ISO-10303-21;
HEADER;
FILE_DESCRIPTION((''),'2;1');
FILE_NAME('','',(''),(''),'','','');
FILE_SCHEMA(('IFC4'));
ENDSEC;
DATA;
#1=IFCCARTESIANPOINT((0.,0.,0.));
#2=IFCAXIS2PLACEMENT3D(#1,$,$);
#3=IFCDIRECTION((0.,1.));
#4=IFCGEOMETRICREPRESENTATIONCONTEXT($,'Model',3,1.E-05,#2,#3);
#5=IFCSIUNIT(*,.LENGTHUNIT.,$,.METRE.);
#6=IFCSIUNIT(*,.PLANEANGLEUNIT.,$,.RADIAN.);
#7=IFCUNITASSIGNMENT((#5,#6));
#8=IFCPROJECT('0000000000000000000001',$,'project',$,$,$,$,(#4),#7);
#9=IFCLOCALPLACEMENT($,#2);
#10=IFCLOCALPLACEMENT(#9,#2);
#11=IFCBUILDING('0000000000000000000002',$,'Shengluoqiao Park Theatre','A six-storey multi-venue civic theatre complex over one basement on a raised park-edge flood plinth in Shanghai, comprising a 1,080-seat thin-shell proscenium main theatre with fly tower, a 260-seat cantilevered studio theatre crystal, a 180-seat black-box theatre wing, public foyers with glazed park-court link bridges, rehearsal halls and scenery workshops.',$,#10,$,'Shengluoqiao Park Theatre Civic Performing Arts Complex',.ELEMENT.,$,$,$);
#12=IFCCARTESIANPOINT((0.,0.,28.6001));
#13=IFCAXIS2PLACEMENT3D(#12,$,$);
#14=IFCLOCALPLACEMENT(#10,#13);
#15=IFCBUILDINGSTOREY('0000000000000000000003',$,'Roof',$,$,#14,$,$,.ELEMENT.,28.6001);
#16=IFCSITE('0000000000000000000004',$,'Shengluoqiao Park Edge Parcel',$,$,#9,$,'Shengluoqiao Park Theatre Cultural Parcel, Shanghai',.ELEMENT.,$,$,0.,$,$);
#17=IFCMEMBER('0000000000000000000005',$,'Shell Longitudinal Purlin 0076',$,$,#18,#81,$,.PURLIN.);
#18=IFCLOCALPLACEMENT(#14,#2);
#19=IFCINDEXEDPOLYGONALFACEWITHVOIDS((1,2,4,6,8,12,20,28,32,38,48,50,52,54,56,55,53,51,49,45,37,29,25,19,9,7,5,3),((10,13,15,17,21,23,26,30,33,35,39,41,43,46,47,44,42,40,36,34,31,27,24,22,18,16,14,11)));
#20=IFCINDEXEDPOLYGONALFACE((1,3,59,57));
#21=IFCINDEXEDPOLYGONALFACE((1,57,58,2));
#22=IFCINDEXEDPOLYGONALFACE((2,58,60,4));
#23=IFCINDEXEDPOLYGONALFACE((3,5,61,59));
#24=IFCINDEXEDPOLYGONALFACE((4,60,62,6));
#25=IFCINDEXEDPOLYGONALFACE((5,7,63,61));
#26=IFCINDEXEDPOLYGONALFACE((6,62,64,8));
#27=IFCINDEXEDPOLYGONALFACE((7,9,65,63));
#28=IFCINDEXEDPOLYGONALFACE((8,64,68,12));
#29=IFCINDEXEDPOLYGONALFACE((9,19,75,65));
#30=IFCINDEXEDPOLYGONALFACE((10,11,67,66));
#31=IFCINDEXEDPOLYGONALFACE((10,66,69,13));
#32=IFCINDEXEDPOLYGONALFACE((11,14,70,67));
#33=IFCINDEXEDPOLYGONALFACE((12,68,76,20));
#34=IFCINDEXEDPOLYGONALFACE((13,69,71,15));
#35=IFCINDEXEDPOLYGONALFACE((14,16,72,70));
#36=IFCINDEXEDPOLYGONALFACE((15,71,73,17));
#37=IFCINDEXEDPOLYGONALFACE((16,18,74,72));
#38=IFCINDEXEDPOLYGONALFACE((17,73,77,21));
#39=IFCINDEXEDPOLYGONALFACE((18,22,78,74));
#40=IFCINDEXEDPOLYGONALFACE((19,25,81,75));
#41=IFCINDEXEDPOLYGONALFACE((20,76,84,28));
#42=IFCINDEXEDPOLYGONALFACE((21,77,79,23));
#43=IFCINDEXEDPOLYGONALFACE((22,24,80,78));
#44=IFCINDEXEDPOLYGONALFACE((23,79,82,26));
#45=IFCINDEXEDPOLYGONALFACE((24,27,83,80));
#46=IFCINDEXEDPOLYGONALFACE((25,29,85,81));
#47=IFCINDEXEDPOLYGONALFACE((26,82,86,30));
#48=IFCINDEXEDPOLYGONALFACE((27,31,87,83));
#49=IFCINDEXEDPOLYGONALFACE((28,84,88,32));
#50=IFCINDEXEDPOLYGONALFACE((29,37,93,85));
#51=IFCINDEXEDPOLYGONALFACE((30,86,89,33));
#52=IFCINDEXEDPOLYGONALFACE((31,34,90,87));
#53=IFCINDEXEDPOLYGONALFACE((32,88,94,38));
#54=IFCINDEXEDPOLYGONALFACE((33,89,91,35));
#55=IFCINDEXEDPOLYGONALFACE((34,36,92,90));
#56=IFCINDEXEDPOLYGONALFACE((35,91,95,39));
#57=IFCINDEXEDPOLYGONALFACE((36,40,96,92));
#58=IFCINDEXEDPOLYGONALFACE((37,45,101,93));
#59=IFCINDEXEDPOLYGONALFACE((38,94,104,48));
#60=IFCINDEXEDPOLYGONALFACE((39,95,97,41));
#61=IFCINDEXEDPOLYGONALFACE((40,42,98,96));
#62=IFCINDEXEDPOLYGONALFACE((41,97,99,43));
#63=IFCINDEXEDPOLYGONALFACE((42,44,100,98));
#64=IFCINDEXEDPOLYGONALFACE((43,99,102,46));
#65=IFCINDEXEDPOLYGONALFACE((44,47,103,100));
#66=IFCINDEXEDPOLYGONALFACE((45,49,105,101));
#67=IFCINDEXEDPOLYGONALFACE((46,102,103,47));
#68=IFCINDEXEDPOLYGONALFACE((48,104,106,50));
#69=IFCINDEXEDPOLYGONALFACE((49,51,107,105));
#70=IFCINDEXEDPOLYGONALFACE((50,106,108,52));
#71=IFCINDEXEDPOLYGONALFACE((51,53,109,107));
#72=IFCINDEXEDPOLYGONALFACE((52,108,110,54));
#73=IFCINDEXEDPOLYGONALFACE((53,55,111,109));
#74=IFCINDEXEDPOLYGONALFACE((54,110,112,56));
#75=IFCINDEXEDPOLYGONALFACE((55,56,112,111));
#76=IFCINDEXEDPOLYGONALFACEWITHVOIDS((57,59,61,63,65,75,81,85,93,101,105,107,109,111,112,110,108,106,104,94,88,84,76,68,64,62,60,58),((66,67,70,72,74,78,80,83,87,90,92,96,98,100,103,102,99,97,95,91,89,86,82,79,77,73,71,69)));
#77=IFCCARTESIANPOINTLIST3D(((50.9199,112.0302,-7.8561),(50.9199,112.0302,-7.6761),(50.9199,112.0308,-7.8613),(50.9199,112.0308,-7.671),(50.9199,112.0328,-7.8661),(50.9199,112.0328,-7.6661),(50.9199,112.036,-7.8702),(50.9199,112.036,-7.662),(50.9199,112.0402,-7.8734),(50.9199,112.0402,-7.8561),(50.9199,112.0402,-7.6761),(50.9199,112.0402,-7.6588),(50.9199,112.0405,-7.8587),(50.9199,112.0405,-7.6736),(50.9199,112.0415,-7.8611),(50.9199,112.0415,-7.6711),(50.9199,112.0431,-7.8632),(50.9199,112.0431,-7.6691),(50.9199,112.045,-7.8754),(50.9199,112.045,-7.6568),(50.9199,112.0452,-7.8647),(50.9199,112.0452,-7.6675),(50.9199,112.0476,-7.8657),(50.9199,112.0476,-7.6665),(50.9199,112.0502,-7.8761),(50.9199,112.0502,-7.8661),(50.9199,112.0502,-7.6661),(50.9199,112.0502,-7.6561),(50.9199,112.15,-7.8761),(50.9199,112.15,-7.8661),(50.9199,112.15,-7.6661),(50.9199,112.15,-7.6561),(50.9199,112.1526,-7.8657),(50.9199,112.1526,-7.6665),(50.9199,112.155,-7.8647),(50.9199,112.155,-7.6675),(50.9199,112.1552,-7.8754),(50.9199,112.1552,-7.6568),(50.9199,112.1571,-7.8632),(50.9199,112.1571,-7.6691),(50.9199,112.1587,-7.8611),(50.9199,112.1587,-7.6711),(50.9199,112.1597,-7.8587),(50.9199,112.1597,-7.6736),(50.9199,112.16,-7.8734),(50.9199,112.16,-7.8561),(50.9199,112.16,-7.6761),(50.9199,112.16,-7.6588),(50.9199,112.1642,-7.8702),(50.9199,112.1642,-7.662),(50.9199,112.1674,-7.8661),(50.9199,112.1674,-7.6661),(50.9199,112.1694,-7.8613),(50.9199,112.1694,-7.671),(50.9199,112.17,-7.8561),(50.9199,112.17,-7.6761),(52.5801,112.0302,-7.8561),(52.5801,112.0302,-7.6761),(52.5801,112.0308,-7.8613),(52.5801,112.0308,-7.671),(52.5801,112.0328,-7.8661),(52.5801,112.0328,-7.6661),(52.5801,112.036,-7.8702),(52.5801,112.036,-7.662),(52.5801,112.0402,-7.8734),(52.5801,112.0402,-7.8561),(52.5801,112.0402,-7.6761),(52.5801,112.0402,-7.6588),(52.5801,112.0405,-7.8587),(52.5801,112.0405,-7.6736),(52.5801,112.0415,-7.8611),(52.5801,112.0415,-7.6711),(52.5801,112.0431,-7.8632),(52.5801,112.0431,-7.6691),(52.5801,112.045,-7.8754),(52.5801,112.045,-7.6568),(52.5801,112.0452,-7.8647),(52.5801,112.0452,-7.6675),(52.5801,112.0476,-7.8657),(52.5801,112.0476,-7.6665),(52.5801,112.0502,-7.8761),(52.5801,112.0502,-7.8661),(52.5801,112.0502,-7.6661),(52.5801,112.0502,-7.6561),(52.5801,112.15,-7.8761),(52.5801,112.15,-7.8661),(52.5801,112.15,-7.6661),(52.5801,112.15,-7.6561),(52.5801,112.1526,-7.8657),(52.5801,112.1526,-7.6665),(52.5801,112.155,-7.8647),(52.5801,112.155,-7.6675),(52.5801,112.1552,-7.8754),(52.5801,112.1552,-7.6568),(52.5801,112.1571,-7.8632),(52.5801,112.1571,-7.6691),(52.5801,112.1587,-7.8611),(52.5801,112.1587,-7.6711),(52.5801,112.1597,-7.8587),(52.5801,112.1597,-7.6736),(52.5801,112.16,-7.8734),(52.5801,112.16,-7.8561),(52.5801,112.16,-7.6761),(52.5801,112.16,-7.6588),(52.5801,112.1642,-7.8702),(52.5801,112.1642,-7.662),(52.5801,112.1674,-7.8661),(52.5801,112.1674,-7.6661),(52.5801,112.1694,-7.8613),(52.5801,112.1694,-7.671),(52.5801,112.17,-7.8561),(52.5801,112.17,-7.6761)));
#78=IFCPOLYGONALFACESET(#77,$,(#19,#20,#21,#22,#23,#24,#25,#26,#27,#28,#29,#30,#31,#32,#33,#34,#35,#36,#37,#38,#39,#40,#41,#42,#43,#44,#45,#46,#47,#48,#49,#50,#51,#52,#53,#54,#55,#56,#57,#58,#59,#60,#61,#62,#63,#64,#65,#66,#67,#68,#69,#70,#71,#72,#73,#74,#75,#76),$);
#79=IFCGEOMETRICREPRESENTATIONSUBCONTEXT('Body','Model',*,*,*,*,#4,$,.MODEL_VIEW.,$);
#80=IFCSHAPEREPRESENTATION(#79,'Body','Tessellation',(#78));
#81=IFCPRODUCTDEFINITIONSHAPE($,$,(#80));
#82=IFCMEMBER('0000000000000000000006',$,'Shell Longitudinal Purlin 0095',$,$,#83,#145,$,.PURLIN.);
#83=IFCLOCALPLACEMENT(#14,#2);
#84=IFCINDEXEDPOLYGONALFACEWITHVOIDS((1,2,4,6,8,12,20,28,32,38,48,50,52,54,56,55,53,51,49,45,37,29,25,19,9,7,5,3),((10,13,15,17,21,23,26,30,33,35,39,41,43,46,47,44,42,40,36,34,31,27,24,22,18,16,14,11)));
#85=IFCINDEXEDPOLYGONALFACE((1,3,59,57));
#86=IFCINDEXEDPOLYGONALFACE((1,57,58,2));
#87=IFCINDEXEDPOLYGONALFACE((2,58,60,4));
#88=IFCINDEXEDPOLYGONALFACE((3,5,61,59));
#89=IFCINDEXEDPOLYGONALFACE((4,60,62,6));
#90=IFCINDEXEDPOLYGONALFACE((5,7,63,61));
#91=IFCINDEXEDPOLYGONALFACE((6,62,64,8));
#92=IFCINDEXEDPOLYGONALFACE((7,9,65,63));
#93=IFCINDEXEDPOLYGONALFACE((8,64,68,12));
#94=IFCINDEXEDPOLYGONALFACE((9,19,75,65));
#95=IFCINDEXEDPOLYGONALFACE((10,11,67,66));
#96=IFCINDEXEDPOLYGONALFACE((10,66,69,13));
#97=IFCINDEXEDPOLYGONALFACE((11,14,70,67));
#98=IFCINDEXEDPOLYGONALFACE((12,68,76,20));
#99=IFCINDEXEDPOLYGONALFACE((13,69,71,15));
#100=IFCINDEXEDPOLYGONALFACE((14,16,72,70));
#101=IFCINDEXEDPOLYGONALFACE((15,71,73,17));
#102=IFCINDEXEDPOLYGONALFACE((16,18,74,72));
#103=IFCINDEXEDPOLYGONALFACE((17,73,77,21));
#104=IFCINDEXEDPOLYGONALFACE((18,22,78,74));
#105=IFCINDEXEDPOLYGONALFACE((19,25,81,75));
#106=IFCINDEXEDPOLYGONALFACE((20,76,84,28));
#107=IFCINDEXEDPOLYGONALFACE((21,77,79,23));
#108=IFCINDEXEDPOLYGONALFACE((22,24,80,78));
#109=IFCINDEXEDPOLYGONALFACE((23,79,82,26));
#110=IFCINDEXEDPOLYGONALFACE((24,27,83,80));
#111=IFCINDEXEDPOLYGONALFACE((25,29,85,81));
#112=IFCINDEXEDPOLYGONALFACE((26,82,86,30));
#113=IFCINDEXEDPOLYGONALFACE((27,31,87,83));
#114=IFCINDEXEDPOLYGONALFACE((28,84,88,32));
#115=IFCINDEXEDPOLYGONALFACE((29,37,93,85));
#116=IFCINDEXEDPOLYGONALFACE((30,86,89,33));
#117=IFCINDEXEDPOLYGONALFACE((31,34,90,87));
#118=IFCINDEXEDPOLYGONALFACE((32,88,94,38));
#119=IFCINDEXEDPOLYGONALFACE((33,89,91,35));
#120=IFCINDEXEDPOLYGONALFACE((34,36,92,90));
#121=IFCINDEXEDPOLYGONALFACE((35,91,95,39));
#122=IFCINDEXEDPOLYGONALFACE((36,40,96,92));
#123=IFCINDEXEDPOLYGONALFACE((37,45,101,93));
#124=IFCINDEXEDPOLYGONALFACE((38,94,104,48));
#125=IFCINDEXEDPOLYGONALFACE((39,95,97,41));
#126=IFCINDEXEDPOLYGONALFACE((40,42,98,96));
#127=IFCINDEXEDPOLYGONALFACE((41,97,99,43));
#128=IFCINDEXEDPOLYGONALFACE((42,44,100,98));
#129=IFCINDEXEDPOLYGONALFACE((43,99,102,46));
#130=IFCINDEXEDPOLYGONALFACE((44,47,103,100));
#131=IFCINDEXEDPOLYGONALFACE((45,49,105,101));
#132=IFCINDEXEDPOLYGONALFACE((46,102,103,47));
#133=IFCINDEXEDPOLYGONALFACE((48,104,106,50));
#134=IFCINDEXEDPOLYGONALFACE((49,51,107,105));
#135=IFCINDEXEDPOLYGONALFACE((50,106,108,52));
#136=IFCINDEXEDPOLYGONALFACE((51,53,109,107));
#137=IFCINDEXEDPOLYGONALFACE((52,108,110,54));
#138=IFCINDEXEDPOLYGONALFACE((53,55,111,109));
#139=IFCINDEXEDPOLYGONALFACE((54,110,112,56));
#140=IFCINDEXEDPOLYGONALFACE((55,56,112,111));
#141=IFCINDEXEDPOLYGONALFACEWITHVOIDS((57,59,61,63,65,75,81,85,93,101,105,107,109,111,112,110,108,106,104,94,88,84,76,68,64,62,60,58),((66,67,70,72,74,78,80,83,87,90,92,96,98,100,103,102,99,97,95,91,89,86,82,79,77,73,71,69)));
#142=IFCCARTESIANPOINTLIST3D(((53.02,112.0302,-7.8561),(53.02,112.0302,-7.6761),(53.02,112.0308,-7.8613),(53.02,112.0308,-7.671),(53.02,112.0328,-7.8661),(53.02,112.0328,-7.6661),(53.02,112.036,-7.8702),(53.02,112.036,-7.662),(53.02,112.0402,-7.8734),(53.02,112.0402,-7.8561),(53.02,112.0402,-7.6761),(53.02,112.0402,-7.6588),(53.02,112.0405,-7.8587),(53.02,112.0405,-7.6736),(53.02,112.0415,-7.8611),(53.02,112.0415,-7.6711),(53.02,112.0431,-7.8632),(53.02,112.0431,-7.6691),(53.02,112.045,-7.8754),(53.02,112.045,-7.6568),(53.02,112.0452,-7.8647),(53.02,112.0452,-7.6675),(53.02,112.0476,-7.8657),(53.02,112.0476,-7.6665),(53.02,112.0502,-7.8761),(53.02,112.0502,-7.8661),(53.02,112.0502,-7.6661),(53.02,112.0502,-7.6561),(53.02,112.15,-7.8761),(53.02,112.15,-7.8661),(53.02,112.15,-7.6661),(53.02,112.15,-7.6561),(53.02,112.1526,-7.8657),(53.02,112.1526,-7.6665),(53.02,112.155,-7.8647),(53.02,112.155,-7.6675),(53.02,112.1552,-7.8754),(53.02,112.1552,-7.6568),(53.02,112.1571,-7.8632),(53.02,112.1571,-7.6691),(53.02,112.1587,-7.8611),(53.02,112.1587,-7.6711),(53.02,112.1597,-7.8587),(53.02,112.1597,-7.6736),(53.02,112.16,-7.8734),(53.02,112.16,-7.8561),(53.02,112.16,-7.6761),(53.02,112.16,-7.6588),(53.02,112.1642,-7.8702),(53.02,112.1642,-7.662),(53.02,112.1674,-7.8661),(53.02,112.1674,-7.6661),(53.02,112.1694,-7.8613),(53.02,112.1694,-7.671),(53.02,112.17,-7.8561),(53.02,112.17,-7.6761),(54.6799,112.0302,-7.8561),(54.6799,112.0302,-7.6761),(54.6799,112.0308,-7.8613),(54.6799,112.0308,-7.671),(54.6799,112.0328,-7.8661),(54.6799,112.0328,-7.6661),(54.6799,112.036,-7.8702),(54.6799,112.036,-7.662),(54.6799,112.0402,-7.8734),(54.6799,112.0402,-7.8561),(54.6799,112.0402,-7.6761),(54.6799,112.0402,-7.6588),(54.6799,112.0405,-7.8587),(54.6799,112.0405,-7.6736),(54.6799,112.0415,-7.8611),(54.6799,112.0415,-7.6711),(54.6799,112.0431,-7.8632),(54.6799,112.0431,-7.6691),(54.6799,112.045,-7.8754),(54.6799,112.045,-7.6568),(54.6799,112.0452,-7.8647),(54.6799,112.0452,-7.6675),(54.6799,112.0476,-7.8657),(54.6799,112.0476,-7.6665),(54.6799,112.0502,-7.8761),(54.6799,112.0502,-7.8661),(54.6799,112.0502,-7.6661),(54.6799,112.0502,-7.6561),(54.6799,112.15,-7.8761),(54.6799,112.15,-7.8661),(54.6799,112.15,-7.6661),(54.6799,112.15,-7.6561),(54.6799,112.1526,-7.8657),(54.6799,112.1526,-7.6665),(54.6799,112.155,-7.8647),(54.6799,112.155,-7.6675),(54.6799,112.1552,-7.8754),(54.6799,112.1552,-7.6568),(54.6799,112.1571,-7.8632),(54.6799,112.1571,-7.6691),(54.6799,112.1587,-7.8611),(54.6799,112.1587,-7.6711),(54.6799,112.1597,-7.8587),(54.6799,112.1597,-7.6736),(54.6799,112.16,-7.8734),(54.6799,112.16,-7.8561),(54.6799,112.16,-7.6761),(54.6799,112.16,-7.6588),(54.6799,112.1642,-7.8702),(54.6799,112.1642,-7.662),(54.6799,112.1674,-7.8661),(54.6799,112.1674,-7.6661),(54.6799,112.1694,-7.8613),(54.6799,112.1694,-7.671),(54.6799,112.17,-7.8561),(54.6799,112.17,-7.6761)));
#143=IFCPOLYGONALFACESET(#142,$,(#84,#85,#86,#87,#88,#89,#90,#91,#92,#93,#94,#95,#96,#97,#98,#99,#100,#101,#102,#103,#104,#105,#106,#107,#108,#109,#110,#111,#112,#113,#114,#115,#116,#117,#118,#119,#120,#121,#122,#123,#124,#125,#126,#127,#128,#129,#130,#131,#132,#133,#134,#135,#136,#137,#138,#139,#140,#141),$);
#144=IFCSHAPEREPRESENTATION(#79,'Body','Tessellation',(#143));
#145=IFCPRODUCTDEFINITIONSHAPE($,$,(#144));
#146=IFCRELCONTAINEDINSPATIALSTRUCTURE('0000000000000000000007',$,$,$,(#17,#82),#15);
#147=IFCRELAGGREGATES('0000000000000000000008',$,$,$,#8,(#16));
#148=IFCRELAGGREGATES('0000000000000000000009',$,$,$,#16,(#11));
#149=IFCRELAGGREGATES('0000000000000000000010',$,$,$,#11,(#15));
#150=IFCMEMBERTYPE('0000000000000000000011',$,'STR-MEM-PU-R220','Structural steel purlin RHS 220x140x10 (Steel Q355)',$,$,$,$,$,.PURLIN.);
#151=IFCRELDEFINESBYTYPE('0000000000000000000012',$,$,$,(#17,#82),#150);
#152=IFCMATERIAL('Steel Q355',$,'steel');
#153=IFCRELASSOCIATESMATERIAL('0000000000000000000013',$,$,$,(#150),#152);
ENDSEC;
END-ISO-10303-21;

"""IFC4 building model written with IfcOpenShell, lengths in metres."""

from ifc_helpers import new_model, si_unit, direction, frame, origin, origin_2d, place, context, subcontext, project, spatial, hollow_rectangle, extrude, material, material_profile, profile_set, type_object, element, save


model = new_model("IFC4")

# Units and contexts
model_context = context("Model", 3, precision=1e-05, world=origin(), true_north=direction((0.0, 1.0)))
body_context = subcontext(model_context, "Body", "Model", "MODEL_VIEW")
ifc_project = project(units=[si_unit("LENGTHUNIT", "METRE"), si_unit("PLANEANGLEUNIT", "RADIAN")], contexts=[model_context])

# Site, building, storey
site_placement = place(None, origin())
site = spatial("IfcSite", under=ifc_project, at=site_placement, Name="Shengluoqiao Park Edge Parcel", LongName="Shengluoqiao Park Theatre Cultural Parcel, Shanghai", CompositionType="ELEMENT", RefElevation=0.0)
building_placement = place(site_placement, origin())
building = spatial("IfcBuilding", under=site, at=building_placement, Name="Shengluoqiao Park Theatre", Description="A six-storey multi-venue civic theatre complex over one basement on a raised park-edge flood plinth in Shanghai, comprising a 1,080-seat thin-shell proscenium main theatre with fly tower, a 260-seat cantilevered studio theatre crystal, a 180-seat black-box theatre wing, public foyers with glazed park-court link bridges, rehearsal halls and scenery workshops.", LongName="Shengluoqiao Park Theatre Civic Performing Arts Complex", CompositionType="ELEMENT")
storey_placement = place(building_placement, frame((0.0, 0.0, 28.6001)))
storey = spatial("IfcBuildingStorey", under=building, at=storey_placement, Name="Roof", CompositionType="ELEMENT", Elevation=28.6001)

# Shared definitions
ifc_material_1 = material(Name="Steel Q355", Category="steel")

# Members
ifc_material_profile_1 = material_profile(ifc_material_1, hollow_rectangle(XDim=0.1399, YDim=0.22, WallThickness=0.01, InnerFilletRadius=0.01, OuterFilletRadius=0.02, at=origin_2d()), Name="RHS 220x140x10")
ifc_profile_set_1 = profile_set([ifc_material_profile_1], Name="Steel Q355")
member_type_1 = type_object("IfcMemberType", Name="STR-MEM-PU-R220", Description="Structural steel purlin RHS 220x140x10 (Steel Q355)", PredefinedType="PURLIN", material=ifc_profile_set_1)
member_placement = place(storey_placement, frame((50.9199, 112.1001, -7.7661), z_axis=(1.0, 0.0, 0.0), x_axis=(0.0, 1.0, 0.0)))
element("IfcMember", 1, at=member_placement, inside=storey, type_object=member_type_1, Name="Shell Longitudinal Purlin 0076", PredefinedType="PURLIN", context=body_context, shape_type="SweptSolid", body=[
    extrude(hollow_rectangle(XDim=0.1399, YDim=0.22, WallThickness=0.01, InnerFilletRadius=0.01, OuterFilletRadius=0.02, at=origin_2d()), origin(), (0.0, 0.0, 1.0), 1.6602),
])
for number, where, z_axis, x_axis, name in (
    (2, (53.02, 112.1001, -7.7661), (1.0, 0.0, 0.0), (0.0, 1.0, 0.0), "Shell Longitudinal Purlin 0095"),
):
    element("IfcMember", number, at=place(storey_placement, frame(where, z_axis=z_axis, x_axis=x_axis)), inside=storey, type_object=member_type_1, Name=name, PredefinedType="PURLIN", context=body_context, shape_type="SweptSolid", body=[
        extrude(hollow_rectangle(XDim=0.1399, YDim=0.22, WallThickness=0.01, InnerFilletRadius=0.01, OuterFilletRadius=0.02, at=origin_2d()), origin(), (0.0, 0.0, 1.0), 1.6599),
    ])

save(model, "model.ifc")
